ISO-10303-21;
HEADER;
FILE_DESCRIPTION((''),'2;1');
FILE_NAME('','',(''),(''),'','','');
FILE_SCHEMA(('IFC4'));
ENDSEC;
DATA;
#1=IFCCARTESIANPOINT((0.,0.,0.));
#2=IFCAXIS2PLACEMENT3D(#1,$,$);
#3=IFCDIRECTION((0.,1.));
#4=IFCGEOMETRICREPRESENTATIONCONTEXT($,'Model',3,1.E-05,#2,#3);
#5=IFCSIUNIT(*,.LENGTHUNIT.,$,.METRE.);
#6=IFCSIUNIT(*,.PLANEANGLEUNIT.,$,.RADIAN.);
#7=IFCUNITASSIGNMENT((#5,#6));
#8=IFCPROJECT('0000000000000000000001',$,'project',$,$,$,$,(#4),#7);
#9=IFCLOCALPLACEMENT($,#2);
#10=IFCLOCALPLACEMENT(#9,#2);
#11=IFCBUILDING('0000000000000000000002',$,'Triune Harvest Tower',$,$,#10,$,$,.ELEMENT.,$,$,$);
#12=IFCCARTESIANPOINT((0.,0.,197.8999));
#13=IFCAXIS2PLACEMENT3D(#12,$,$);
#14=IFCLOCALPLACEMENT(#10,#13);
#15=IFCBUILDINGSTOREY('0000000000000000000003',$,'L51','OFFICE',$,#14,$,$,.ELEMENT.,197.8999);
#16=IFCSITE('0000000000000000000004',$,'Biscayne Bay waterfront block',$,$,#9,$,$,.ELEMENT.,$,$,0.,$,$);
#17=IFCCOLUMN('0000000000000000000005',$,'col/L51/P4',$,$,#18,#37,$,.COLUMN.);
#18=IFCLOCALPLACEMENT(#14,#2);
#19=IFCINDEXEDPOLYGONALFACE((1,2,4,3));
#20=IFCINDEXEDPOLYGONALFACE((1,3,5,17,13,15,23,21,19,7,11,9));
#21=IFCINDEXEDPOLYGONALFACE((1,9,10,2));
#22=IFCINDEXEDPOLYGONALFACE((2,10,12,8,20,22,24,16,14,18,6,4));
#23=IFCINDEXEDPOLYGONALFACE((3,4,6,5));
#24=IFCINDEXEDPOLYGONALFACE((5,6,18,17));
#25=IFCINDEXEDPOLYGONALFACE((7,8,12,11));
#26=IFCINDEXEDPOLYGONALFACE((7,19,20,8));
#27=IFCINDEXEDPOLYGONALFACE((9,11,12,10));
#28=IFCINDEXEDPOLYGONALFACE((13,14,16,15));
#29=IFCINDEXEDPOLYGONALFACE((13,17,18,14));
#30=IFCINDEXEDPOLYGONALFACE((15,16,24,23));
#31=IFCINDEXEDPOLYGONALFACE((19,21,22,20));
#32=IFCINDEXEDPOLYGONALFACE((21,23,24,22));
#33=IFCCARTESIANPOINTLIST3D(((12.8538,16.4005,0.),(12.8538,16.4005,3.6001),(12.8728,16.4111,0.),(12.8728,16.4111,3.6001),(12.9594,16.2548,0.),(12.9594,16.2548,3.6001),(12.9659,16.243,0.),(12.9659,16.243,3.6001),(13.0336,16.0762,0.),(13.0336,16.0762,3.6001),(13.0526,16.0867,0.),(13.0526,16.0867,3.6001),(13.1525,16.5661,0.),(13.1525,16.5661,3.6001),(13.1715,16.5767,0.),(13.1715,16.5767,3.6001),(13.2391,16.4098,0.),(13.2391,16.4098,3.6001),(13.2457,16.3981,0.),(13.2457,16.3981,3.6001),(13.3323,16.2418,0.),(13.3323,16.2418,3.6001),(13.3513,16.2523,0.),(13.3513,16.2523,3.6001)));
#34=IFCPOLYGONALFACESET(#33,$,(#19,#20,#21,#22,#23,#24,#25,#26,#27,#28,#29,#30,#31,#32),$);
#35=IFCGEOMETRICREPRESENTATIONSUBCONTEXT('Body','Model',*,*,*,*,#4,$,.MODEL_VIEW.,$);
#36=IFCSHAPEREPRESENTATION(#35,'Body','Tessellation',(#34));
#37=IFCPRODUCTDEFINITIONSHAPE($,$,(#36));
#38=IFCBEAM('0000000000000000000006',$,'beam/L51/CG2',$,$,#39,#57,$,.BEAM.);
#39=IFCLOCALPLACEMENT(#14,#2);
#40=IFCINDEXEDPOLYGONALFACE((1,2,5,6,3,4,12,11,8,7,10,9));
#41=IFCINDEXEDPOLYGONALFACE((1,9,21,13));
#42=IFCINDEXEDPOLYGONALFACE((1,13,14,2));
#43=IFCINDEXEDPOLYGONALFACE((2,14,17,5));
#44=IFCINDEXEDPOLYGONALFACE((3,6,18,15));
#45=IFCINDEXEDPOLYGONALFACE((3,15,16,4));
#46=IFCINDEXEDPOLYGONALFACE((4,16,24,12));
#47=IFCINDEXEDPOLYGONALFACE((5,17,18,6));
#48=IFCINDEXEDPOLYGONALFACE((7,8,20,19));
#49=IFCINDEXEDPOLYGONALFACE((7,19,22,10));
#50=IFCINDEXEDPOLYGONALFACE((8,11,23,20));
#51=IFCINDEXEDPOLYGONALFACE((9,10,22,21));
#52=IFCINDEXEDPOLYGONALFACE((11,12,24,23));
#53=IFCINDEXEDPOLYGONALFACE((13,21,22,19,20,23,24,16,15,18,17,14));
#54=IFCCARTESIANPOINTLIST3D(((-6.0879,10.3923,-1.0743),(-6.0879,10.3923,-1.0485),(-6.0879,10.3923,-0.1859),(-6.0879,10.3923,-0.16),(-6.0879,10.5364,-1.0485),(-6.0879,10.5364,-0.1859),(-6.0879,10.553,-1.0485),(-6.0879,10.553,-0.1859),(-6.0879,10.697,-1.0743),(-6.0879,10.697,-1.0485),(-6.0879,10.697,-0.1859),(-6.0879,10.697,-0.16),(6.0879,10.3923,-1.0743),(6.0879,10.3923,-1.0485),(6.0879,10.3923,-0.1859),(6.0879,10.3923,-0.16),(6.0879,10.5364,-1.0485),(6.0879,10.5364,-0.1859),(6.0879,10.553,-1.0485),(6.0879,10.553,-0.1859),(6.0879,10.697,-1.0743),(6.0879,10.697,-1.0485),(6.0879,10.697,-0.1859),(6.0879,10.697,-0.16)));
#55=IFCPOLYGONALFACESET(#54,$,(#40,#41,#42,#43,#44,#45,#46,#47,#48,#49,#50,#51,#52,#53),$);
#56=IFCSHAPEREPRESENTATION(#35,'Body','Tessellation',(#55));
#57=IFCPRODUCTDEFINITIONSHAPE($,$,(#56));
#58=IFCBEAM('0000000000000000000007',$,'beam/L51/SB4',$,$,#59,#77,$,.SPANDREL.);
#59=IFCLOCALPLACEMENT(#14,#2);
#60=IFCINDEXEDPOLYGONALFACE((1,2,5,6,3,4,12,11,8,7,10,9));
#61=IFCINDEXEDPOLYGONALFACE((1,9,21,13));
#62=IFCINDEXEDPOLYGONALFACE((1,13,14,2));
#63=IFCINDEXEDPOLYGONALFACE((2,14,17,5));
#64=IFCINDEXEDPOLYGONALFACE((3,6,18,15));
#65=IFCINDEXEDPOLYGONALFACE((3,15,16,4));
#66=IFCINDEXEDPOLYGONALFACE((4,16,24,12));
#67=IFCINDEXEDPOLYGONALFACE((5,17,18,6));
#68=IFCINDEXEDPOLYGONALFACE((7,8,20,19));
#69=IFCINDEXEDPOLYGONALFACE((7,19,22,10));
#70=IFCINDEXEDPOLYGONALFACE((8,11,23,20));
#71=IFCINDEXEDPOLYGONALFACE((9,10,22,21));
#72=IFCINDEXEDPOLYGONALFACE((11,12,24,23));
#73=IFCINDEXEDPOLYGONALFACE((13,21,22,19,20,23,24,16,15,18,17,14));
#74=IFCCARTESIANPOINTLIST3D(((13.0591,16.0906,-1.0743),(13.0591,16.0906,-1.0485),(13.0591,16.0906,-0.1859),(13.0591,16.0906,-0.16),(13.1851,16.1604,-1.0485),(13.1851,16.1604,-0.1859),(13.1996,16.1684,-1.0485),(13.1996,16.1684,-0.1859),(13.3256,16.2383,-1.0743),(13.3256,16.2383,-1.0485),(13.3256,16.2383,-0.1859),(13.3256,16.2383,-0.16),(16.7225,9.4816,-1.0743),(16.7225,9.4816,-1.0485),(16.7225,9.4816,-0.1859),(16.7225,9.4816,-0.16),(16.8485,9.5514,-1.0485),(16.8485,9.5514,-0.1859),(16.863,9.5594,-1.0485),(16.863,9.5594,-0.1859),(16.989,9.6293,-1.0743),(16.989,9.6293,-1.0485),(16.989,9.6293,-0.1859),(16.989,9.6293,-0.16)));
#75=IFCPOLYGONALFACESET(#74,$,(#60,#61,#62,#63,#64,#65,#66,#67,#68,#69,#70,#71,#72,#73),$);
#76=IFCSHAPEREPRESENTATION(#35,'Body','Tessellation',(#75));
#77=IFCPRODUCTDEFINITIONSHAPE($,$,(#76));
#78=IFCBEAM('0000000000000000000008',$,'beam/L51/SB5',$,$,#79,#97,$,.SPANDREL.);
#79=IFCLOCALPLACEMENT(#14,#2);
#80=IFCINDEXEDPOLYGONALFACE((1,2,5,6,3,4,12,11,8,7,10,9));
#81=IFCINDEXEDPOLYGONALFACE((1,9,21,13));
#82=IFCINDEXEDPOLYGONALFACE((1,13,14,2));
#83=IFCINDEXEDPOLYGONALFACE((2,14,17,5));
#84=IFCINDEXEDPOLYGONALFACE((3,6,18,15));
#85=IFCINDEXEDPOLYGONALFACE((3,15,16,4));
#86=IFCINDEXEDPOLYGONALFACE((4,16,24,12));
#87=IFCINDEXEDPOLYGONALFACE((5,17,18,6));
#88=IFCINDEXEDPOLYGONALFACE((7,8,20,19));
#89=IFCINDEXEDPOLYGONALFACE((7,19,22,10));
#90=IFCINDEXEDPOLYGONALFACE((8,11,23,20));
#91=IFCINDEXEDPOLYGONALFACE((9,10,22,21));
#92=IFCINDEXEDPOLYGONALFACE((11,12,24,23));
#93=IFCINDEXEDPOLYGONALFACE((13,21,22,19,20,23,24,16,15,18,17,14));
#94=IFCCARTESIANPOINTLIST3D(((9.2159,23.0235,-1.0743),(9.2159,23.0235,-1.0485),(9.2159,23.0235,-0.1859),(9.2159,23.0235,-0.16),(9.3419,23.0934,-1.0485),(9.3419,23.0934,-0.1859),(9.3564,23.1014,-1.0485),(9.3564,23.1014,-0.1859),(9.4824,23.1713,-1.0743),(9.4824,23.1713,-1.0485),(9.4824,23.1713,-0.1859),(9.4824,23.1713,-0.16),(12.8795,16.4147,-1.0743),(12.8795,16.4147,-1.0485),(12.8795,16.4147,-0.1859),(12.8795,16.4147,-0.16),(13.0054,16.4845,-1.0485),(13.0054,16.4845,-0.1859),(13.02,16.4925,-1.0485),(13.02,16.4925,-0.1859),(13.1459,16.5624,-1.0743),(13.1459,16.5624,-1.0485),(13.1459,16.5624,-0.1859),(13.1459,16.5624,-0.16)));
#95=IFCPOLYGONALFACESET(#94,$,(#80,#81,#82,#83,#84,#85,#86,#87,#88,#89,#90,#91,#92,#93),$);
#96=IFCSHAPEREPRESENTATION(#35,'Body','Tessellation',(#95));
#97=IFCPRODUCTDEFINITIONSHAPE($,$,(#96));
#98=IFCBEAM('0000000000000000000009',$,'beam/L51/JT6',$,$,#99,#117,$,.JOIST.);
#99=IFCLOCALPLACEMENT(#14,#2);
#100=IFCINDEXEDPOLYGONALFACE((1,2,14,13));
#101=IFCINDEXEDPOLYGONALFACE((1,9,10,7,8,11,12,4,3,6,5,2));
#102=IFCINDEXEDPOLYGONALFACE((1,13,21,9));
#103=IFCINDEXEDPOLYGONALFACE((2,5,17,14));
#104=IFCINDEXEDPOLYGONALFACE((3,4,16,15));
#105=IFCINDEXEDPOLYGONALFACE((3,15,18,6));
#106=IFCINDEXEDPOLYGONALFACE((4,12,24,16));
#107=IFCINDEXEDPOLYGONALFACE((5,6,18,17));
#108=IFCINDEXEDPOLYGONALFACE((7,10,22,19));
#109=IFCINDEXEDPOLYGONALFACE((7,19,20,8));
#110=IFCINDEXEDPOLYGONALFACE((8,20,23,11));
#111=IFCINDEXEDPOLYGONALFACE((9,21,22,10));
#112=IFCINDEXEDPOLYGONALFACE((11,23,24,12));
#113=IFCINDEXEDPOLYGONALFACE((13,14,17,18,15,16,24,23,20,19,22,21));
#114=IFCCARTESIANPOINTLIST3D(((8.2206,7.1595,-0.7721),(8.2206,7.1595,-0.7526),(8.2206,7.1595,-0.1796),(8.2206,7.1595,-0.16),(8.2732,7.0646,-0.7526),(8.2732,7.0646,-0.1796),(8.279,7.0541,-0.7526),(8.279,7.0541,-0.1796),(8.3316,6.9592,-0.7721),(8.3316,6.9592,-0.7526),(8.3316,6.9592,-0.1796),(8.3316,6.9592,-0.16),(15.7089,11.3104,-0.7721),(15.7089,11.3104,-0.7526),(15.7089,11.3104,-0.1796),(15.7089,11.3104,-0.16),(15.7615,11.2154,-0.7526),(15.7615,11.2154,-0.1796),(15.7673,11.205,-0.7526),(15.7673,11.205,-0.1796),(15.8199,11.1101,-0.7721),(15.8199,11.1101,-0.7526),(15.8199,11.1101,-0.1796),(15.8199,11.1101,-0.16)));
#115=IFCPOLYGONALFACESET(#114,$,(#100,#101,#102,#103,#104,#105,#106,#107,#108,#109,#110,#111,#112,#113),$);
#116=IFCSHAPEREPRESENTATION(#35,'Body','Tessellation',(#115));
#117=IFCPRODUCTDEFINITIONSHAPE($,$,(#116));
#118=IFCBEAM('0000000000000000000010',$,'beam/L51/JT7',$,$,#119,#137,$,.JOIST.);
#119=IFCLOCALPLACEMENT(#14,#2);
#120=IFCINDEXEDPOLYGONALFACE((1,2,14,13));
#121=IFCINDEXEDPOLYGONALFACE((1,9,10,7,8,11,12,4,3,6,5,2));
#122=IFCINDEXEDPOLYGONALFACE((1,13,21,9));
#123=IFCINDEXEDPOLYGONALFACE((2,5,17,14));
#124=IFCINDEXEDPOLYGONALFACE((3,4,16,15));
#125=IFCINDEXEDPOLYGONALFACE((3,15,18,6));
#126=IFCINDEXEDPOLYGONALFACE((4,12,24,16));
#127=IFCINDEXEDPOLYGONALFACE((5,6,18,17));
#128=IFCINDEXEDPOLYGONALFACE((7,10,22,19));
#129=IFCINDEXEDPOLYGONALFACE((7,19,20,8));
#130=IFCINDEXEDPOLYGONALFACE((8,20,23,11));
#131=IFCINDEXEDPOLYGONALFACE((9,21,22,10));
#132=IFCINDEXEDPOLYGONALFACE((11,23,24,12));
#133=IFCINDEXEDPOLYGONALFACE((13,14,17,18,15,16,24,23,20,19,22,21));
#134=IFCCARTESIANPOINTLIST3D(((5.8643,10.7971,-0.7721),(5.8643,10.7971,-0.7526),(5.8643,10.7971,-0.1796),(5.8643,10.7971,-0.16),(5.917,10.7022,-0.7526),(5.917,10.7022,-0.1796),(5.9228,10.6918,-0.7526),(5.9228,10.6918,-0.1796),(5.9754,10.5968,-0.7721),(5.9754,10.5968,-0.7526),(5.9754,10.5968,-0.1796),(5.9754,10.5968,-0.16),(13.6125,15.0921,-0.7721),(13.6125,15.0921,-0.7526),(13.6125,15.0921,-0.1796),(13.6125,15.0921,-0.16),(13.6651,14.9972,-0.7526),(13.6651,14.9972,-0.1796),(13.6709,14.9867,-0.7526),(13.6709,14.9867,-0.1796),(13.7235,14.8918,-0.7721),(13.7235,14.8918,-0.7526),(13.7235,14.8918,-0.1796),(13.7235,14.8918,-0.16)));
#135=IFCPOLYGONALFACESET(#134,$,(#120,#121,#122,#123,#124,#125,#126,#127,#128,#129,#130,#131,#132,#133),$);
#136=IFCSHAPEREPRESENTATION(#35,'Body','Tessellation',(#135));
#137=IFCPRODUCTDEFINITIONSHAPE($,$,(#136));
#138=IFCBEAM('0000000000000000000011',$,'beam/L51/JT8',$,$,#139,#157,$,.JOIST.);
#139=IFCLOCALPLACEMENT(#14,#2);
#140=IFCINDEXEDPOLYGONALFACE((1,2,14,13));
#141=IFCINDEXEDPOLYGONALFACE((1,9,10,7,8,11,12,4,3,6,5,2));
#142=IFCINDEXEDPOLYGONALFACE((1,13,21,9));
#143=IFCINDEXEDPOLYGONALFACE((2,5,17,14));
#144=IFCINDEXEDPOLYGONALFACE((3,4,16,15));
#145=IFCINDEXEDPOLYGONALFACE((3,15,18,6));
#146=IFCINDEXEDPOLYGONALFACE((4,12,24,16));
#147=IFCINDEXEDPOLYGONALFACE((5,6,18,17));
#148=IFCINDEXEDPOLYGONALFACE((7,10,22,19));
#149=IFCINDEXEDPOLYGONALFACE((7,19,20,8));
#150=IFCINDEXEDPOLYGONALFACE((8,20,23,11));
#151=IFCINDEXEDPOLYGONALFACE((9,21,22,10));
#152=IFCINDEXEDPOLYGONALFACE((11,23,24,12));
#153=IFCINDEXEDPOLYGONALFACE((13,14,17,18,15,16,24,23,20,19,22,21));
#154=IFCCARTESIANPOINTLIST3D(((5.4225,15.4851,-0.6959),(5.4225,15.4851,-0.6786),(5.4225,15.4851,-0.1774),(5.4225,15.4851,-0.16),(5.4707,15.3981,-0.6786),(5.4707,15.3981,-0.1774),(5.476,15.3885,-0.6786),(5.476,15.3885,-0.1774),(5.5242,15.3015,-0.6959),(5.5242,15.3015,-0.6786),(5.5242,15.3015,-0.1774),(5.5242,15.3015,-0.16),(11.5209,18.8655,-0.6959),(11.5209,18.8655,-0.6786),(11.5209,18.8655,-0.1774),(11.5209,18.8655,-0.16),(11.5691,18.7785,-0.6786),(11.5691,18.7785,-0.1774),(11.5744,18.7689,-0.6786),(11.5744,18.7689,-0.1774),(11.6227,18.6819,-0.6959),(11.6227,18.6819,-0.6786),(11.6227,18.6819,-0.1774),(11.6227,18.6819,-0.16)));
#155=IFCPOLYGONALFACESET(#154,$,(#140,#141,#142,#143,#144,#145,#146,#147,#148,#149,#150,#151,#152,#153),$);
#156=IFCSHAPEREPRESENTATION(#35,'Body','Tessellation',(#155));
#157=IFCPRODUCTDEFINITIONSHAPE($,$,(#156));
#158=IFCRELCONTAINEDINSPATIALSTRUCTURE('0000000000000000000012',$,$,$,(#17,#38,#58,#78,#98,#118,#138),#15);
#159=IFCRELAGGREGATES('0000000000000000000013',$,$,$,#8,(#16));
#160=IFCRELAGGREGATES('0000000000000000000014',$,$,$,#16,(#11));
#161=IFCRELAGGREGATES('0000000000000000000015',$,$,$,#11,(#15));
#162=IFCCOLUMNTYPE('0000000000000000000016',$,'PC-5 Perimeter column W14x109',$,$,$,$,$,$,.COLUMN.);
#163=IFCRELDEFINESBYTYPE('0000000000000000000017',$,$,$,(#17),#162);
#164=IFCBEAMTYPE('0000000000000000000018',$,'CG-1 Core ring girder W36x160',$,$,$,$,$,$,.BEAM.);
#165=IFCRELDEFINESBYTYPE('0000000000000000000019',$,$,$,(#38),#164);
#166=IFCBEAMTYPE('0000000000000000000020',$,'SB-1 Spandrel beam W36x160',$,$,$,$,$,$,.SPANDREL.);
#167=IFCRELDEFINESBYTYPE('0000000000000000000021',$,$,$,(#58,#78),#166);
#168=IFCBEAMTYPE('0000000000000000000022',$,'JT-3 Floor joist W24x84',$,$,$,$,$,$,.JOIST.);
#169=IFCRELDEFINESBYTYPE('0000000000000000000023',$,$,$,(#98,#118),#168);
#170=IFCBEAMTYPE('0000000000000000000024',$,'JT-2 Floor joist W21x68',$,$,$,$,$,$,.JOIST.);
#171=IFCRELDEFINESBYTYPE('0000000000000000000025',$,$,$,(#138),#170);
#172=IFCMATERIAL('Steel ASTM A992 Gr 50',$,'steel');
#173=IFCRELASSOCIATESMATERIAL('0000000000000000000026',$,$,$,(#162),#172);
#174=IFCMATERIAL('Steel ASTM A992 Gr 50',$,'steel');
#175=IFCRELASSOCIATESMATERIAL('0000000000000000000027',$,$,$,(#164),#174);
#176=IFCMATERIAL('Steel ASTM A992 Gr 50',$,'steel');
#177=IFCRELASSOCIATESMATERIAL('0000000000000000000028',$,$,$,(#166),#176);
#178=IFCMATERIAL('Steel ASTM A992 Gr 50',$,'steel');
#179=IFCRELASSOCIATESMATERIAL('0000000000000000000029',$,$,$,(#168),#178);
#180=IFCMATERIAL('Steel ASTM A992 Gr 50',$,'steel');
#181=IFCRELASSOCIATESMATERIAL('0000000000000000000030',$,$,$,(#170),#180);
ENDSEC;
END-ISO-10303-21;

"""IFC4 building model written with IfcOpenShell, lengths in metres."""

from ifc_helpers import new_model, si_unit, direction, frame, origin, origin_2d, place, context, subcontext, project, spatial, i_section, extrude, source, transform, mapped, material, material_profile, profile_set, type_object, element, save


model = new_model("IFC4")

# Units and contexts
model_context = context("Model", 3, precision=1e-05, world=origin(), true_north=direction((0.0, 1.0)))
body_context = subcontext(model_context, "Body", "Model", "MODEL_VIEW")
ifc_project = project(units=[si_unit("LENGTHUNIT", "METRE"), si_unit("PLANEANGLEUNIT", "RADIAN")], contexts=[model_context])

# Site, building, storey
site_placement = place(None, origin())
site = spatial("IfcSite", under=ifc_project, at=site_placement, Name="Biscayne Bay waterfront block", CompositionType="ELEMENT", RefElevation=0.0)
building_placement = place(site_placement, origin())
building = spatial("IfcBuilding", under=site, at=building_placement, Name="Triune Harvest Tower", CompositionType="ELEMENT")
storey_placement = place(building_placement, frame((0.0, 0.0, 197.8999)))
storey = spatial("IfcBuildingStorey", under=building, at=storey_placement, Name="L51", Description="OFFICE", CompositionType="ELEMENT", Elevation=197.8999)

# Column
ifc_material_1 = material(Name="Steel ASTM A992 Gr 50", Category="steel")
ifc_material_profile_1 = material_profile(ifc_material_1, i_section(OverallWidth=0.3708, OverallDepth=0.3633, WebThickness=0.0134, FlangeThickness=0.0217, at=origin_2d()), Name="W14x109")
ifc_profile_set_1 = profile_set([ifc_material_profile_1], Name="Steel ASTM A992 Gr 50")
column_type = type_object("IfcColumnType", Name="PC-5 Perimeter column W14x109", PredefinedType="COLUMN", material=ifc_profile_set_1)
shared_shape_1 = source(origin(), body_context, "Body", "SweptSolid", [
    extrude(i_section(OverallWidth=0.3708, OverallDepth=0.3633, WebThickness=0.0134, FlangeThickness=0.0217, at=origin_2d()), origin(), (0.0, 0.0, 1.0), 3.6001),
])
column_placement = place(storey_placement, frame((13.1025, 16.3264, 0.0), z_axis=(0.0, 0.0, 1.0), x_axis=(-0.48481, 0.87462, 0.0)))
element("IfcColumn", 1, at=column_placement, inside=storey, type_object=column_type, Name="col/L51/P4", PredefinedType="COLUMN", context=body_context, shape_type="MappedRepresentation", body=[
    mapped(shared_shape_1, transform((0.0, 0.0, 0.0), scale=1.0)),
])

# Beams
ifc_material_2 = material(Name="Steel ASTM A992 Gr 50", Category="steel")
ifc_material_profile_2 = material_profile(ifc_material_2, i_section(OverallWidth=0.3047, OverallDepth=0.9143, WebThickness=0.0166, FlangeThickness=0.0259, at=origin_2d()), Name="W36x160")
ifc_profile_set_2 = profile_set([ifc_material_profile_2], Name="Steel ASTM A992 Gr 50")
beam_type_1 = type_object("IfcBeamType", Name="CG-1 Core ring girder W36x160", PredefinedType="BEAM", material=ifc_profile_set_2)
shared_shape_2 = source(origin(), body_context, "Body", "SweptSolid", [
    extrude(i_section(OverallWidth=0.3047, OverallDepth=0.9143, WebThickness=0.0166, FlangeThickness=0.0259, at=origin_2d()), origin(), (0.0, 0.0, 1.0), 12.1758),
])
beam_1_placement = place(storey_placement, frame((6.0879, 10.5447, -0.6172), z_axis=(-1.0, 0.0, 0.0), x_axis=(0.0, -1.0, 0.0)))
element("IfcBeam", 2, at=beam_1_placement, inside=storey, type_object=beam_type_1, Name="beam/L51/CG2", PredefinedType="BEAM", context=body_context, shape_type="MappedRepresentation", body=[
    mapped(shared_shape_2, transform((0.0, 0.0, 0.0), scale=1.0)),
])
ifc_material_3 = material(Name="Steel ASTM A992 Gr 50", Category="steel")
ifc_material_profile_3 = material_profile(ifc_material_3, i_section(OverallWidth=0.3047, OverallDepth=0.9143, WebThickness=0.0166, FlangeThickness=0.0259, at=origin_2d()), Name="W36x160")
ifc_profile_set_3 = profile_set([ifc_material_profile_3], Name="Steel ASTM A992 Gr 50")
beam_type_2 = type_object("IfcBeamType", Name="SB-1 Spandrel beam W36x160", PredefinedType="SPANDREL", material=ifc_profile_set_3)
shared_shape_3 = source(origin(), body_context, "Body", "SweptSolid", [
    extrude(i_section(OverallWidth=0.3047, OverallDepth=0.9143, WebThickness=0.0166, FlangeThickness=0.0259, at=origin_2d()), origin(), (0.0, 0.0, 1.0), 7.5564),
])
for number, where, z_axis, x_axis, name in (
    (3, (16.8557, 9.5554, -0.6172), (-0.484806, 0.874622, 0.0), (-0.874622, -0.484806, 0.0), "beam/L51/SB4"),
    (4, (13.0127, 16.4885, -0.6172), (-0.484831, 0.874608, 0.0), (-0.874608, -0.484831, 0.0), "beam/L51/SB5"),
):
    element("IfcBeam", number, at=place(storey_placement, frame(where, z_axis=z_axis, x_axis=x_axis)), inside=storey, type_object=beam_type_2, Name=name, PredefinedType="SPANDREL", context=body_context, shape_type="MappedRepresentation", body=[
        mapped(shared_shape_3, transform((0.0, 0.0, 0.0), scale=1.0)),
    ])
ifc_material_4 = material(Name="Steel ASTM A992 Gr 50", Category="steel")
ifc_material_profile_4 = material_profile(ifc_material_4, i_section(OverallWidth=0.229, OverallDepth=0.6121, WebThickness=0.012, FlangeThickness=0.0195, at=origin_2d()), Name="W24x84")
ifc_profile_set_4 = profile_set([ifc_material_profile_4], Name="Steel ASTM A992 Gr 50")
beam_type_3 = type_object("IfcBeamType", Name="JT-3 Floor joist W24x84", PredefinedType="JOIST", material=ifc_profile_set_4)
shared_shape_4 = source(origin(), body_context, "Body", "SweptSolid", [
    extrude(i_section(OverallWidth=0.229, OverallDepth=0.6121, WebThickness=0.012, FlangeThickness=0.0195, at=origin_2d()), origin(), (0.0, 0.0, 1.0), 8.5618),
])
beam_2_placement = place(storey_placement, frame((15.7644, 11.2102, -0.4661), z_axis=(-0.874617, -0.484815, 0.0), x_axis=(0.484815, -0.874617, 0.0)))
element("IfcBeam", 5, at=beam_2_placement, inside=storey, type_object=beam_type_3, Name="beam/L51/JT6", PredefinedType="JOIST", context=body_context, shape_type="MappedRepresentation", body=[
    mapped(shared_shape_4, transform((0.0, 0.0, 0.0), scale=1.0)),
])
shared_shape_5 = source(origin(), body_context, "Body", "SweptSolid", [
    extrude(i_section(OverallWidth=0.229, OverallDepth=0.6121, WebThickness=0.012, FlangeThickness=0.0195, at=origin_2d()), origin(), (0.0, 0.0, 1.0), 8.8589),
])
beam_3_placement = place(storey_placement, frame((13.668, 14.9919, -0.4661), z_axis=(-0.874614, -0.484819, 0.0), x_axis=(0.484819, -0.874614, 0.0)))
element("IfcBeam", 6, at=beam_3_placement, inside=storey, type_object=beam_type_3, Name="beam/L51/JT7", PredefinedType="JOIST", context=body_context, shape_type="MappedRepresentation", body=[
    mapped(shared_shape_5, transform((0.0, 0.0, 0.0), scale=1.0)),
])
ifc_material_5 = material(Name="Steel ASTM A992 Gr 50", Category="steel")
ifc_material_profile_5 = material_profile(ifc_material_5, i_section(OverallWidth=0.21, OverallDepth=0.5359, WebThickness=0.011, FlangeThickness=0.0173, at=origin_2d()), Name="W21x68")
ifc_profile_set_5 = profile_set([ifc_material_profile_5], Name="Steel ASTM A992 Gr 50")
beam_type_4 = type_object("IfcBeamType", Name="JT-2 Floor joist W21x68", PredefinedType="JOIST", material=ifc_profile_set_5)
shared_shape_6 = source(origin(), body_context, "Body", "SweptSolid", [
    extrude(i_section(OverallWidth=0.21, OverallDepth=0.5359, WebThickness=0.011, FlangeThickness=0.0173, at=origin_2d()), origin(), (0.0, 0.0, 1.0), 6.9727),
])
beam_4_placement = place(storey_placement, frame((11.5718, 18.7737, -0.428), z_axis=(-0.874621, -0.484807, 0.0), x_axis=(0.484807, -0.874621, 0.0)))
element("IfcBeam", 7, at=beam_4_placement, inside=storey, type_object=beam_type_4, Name="beam/L51/JT8", PredefinedType="JOIST", context=body_context, shape_type="MappedRepresentation", body=[
    mapped(shared_shape_6, transform((0.0, 0.0, 0.0), scale=1.0)),
])

save(model, "model.ifc")
